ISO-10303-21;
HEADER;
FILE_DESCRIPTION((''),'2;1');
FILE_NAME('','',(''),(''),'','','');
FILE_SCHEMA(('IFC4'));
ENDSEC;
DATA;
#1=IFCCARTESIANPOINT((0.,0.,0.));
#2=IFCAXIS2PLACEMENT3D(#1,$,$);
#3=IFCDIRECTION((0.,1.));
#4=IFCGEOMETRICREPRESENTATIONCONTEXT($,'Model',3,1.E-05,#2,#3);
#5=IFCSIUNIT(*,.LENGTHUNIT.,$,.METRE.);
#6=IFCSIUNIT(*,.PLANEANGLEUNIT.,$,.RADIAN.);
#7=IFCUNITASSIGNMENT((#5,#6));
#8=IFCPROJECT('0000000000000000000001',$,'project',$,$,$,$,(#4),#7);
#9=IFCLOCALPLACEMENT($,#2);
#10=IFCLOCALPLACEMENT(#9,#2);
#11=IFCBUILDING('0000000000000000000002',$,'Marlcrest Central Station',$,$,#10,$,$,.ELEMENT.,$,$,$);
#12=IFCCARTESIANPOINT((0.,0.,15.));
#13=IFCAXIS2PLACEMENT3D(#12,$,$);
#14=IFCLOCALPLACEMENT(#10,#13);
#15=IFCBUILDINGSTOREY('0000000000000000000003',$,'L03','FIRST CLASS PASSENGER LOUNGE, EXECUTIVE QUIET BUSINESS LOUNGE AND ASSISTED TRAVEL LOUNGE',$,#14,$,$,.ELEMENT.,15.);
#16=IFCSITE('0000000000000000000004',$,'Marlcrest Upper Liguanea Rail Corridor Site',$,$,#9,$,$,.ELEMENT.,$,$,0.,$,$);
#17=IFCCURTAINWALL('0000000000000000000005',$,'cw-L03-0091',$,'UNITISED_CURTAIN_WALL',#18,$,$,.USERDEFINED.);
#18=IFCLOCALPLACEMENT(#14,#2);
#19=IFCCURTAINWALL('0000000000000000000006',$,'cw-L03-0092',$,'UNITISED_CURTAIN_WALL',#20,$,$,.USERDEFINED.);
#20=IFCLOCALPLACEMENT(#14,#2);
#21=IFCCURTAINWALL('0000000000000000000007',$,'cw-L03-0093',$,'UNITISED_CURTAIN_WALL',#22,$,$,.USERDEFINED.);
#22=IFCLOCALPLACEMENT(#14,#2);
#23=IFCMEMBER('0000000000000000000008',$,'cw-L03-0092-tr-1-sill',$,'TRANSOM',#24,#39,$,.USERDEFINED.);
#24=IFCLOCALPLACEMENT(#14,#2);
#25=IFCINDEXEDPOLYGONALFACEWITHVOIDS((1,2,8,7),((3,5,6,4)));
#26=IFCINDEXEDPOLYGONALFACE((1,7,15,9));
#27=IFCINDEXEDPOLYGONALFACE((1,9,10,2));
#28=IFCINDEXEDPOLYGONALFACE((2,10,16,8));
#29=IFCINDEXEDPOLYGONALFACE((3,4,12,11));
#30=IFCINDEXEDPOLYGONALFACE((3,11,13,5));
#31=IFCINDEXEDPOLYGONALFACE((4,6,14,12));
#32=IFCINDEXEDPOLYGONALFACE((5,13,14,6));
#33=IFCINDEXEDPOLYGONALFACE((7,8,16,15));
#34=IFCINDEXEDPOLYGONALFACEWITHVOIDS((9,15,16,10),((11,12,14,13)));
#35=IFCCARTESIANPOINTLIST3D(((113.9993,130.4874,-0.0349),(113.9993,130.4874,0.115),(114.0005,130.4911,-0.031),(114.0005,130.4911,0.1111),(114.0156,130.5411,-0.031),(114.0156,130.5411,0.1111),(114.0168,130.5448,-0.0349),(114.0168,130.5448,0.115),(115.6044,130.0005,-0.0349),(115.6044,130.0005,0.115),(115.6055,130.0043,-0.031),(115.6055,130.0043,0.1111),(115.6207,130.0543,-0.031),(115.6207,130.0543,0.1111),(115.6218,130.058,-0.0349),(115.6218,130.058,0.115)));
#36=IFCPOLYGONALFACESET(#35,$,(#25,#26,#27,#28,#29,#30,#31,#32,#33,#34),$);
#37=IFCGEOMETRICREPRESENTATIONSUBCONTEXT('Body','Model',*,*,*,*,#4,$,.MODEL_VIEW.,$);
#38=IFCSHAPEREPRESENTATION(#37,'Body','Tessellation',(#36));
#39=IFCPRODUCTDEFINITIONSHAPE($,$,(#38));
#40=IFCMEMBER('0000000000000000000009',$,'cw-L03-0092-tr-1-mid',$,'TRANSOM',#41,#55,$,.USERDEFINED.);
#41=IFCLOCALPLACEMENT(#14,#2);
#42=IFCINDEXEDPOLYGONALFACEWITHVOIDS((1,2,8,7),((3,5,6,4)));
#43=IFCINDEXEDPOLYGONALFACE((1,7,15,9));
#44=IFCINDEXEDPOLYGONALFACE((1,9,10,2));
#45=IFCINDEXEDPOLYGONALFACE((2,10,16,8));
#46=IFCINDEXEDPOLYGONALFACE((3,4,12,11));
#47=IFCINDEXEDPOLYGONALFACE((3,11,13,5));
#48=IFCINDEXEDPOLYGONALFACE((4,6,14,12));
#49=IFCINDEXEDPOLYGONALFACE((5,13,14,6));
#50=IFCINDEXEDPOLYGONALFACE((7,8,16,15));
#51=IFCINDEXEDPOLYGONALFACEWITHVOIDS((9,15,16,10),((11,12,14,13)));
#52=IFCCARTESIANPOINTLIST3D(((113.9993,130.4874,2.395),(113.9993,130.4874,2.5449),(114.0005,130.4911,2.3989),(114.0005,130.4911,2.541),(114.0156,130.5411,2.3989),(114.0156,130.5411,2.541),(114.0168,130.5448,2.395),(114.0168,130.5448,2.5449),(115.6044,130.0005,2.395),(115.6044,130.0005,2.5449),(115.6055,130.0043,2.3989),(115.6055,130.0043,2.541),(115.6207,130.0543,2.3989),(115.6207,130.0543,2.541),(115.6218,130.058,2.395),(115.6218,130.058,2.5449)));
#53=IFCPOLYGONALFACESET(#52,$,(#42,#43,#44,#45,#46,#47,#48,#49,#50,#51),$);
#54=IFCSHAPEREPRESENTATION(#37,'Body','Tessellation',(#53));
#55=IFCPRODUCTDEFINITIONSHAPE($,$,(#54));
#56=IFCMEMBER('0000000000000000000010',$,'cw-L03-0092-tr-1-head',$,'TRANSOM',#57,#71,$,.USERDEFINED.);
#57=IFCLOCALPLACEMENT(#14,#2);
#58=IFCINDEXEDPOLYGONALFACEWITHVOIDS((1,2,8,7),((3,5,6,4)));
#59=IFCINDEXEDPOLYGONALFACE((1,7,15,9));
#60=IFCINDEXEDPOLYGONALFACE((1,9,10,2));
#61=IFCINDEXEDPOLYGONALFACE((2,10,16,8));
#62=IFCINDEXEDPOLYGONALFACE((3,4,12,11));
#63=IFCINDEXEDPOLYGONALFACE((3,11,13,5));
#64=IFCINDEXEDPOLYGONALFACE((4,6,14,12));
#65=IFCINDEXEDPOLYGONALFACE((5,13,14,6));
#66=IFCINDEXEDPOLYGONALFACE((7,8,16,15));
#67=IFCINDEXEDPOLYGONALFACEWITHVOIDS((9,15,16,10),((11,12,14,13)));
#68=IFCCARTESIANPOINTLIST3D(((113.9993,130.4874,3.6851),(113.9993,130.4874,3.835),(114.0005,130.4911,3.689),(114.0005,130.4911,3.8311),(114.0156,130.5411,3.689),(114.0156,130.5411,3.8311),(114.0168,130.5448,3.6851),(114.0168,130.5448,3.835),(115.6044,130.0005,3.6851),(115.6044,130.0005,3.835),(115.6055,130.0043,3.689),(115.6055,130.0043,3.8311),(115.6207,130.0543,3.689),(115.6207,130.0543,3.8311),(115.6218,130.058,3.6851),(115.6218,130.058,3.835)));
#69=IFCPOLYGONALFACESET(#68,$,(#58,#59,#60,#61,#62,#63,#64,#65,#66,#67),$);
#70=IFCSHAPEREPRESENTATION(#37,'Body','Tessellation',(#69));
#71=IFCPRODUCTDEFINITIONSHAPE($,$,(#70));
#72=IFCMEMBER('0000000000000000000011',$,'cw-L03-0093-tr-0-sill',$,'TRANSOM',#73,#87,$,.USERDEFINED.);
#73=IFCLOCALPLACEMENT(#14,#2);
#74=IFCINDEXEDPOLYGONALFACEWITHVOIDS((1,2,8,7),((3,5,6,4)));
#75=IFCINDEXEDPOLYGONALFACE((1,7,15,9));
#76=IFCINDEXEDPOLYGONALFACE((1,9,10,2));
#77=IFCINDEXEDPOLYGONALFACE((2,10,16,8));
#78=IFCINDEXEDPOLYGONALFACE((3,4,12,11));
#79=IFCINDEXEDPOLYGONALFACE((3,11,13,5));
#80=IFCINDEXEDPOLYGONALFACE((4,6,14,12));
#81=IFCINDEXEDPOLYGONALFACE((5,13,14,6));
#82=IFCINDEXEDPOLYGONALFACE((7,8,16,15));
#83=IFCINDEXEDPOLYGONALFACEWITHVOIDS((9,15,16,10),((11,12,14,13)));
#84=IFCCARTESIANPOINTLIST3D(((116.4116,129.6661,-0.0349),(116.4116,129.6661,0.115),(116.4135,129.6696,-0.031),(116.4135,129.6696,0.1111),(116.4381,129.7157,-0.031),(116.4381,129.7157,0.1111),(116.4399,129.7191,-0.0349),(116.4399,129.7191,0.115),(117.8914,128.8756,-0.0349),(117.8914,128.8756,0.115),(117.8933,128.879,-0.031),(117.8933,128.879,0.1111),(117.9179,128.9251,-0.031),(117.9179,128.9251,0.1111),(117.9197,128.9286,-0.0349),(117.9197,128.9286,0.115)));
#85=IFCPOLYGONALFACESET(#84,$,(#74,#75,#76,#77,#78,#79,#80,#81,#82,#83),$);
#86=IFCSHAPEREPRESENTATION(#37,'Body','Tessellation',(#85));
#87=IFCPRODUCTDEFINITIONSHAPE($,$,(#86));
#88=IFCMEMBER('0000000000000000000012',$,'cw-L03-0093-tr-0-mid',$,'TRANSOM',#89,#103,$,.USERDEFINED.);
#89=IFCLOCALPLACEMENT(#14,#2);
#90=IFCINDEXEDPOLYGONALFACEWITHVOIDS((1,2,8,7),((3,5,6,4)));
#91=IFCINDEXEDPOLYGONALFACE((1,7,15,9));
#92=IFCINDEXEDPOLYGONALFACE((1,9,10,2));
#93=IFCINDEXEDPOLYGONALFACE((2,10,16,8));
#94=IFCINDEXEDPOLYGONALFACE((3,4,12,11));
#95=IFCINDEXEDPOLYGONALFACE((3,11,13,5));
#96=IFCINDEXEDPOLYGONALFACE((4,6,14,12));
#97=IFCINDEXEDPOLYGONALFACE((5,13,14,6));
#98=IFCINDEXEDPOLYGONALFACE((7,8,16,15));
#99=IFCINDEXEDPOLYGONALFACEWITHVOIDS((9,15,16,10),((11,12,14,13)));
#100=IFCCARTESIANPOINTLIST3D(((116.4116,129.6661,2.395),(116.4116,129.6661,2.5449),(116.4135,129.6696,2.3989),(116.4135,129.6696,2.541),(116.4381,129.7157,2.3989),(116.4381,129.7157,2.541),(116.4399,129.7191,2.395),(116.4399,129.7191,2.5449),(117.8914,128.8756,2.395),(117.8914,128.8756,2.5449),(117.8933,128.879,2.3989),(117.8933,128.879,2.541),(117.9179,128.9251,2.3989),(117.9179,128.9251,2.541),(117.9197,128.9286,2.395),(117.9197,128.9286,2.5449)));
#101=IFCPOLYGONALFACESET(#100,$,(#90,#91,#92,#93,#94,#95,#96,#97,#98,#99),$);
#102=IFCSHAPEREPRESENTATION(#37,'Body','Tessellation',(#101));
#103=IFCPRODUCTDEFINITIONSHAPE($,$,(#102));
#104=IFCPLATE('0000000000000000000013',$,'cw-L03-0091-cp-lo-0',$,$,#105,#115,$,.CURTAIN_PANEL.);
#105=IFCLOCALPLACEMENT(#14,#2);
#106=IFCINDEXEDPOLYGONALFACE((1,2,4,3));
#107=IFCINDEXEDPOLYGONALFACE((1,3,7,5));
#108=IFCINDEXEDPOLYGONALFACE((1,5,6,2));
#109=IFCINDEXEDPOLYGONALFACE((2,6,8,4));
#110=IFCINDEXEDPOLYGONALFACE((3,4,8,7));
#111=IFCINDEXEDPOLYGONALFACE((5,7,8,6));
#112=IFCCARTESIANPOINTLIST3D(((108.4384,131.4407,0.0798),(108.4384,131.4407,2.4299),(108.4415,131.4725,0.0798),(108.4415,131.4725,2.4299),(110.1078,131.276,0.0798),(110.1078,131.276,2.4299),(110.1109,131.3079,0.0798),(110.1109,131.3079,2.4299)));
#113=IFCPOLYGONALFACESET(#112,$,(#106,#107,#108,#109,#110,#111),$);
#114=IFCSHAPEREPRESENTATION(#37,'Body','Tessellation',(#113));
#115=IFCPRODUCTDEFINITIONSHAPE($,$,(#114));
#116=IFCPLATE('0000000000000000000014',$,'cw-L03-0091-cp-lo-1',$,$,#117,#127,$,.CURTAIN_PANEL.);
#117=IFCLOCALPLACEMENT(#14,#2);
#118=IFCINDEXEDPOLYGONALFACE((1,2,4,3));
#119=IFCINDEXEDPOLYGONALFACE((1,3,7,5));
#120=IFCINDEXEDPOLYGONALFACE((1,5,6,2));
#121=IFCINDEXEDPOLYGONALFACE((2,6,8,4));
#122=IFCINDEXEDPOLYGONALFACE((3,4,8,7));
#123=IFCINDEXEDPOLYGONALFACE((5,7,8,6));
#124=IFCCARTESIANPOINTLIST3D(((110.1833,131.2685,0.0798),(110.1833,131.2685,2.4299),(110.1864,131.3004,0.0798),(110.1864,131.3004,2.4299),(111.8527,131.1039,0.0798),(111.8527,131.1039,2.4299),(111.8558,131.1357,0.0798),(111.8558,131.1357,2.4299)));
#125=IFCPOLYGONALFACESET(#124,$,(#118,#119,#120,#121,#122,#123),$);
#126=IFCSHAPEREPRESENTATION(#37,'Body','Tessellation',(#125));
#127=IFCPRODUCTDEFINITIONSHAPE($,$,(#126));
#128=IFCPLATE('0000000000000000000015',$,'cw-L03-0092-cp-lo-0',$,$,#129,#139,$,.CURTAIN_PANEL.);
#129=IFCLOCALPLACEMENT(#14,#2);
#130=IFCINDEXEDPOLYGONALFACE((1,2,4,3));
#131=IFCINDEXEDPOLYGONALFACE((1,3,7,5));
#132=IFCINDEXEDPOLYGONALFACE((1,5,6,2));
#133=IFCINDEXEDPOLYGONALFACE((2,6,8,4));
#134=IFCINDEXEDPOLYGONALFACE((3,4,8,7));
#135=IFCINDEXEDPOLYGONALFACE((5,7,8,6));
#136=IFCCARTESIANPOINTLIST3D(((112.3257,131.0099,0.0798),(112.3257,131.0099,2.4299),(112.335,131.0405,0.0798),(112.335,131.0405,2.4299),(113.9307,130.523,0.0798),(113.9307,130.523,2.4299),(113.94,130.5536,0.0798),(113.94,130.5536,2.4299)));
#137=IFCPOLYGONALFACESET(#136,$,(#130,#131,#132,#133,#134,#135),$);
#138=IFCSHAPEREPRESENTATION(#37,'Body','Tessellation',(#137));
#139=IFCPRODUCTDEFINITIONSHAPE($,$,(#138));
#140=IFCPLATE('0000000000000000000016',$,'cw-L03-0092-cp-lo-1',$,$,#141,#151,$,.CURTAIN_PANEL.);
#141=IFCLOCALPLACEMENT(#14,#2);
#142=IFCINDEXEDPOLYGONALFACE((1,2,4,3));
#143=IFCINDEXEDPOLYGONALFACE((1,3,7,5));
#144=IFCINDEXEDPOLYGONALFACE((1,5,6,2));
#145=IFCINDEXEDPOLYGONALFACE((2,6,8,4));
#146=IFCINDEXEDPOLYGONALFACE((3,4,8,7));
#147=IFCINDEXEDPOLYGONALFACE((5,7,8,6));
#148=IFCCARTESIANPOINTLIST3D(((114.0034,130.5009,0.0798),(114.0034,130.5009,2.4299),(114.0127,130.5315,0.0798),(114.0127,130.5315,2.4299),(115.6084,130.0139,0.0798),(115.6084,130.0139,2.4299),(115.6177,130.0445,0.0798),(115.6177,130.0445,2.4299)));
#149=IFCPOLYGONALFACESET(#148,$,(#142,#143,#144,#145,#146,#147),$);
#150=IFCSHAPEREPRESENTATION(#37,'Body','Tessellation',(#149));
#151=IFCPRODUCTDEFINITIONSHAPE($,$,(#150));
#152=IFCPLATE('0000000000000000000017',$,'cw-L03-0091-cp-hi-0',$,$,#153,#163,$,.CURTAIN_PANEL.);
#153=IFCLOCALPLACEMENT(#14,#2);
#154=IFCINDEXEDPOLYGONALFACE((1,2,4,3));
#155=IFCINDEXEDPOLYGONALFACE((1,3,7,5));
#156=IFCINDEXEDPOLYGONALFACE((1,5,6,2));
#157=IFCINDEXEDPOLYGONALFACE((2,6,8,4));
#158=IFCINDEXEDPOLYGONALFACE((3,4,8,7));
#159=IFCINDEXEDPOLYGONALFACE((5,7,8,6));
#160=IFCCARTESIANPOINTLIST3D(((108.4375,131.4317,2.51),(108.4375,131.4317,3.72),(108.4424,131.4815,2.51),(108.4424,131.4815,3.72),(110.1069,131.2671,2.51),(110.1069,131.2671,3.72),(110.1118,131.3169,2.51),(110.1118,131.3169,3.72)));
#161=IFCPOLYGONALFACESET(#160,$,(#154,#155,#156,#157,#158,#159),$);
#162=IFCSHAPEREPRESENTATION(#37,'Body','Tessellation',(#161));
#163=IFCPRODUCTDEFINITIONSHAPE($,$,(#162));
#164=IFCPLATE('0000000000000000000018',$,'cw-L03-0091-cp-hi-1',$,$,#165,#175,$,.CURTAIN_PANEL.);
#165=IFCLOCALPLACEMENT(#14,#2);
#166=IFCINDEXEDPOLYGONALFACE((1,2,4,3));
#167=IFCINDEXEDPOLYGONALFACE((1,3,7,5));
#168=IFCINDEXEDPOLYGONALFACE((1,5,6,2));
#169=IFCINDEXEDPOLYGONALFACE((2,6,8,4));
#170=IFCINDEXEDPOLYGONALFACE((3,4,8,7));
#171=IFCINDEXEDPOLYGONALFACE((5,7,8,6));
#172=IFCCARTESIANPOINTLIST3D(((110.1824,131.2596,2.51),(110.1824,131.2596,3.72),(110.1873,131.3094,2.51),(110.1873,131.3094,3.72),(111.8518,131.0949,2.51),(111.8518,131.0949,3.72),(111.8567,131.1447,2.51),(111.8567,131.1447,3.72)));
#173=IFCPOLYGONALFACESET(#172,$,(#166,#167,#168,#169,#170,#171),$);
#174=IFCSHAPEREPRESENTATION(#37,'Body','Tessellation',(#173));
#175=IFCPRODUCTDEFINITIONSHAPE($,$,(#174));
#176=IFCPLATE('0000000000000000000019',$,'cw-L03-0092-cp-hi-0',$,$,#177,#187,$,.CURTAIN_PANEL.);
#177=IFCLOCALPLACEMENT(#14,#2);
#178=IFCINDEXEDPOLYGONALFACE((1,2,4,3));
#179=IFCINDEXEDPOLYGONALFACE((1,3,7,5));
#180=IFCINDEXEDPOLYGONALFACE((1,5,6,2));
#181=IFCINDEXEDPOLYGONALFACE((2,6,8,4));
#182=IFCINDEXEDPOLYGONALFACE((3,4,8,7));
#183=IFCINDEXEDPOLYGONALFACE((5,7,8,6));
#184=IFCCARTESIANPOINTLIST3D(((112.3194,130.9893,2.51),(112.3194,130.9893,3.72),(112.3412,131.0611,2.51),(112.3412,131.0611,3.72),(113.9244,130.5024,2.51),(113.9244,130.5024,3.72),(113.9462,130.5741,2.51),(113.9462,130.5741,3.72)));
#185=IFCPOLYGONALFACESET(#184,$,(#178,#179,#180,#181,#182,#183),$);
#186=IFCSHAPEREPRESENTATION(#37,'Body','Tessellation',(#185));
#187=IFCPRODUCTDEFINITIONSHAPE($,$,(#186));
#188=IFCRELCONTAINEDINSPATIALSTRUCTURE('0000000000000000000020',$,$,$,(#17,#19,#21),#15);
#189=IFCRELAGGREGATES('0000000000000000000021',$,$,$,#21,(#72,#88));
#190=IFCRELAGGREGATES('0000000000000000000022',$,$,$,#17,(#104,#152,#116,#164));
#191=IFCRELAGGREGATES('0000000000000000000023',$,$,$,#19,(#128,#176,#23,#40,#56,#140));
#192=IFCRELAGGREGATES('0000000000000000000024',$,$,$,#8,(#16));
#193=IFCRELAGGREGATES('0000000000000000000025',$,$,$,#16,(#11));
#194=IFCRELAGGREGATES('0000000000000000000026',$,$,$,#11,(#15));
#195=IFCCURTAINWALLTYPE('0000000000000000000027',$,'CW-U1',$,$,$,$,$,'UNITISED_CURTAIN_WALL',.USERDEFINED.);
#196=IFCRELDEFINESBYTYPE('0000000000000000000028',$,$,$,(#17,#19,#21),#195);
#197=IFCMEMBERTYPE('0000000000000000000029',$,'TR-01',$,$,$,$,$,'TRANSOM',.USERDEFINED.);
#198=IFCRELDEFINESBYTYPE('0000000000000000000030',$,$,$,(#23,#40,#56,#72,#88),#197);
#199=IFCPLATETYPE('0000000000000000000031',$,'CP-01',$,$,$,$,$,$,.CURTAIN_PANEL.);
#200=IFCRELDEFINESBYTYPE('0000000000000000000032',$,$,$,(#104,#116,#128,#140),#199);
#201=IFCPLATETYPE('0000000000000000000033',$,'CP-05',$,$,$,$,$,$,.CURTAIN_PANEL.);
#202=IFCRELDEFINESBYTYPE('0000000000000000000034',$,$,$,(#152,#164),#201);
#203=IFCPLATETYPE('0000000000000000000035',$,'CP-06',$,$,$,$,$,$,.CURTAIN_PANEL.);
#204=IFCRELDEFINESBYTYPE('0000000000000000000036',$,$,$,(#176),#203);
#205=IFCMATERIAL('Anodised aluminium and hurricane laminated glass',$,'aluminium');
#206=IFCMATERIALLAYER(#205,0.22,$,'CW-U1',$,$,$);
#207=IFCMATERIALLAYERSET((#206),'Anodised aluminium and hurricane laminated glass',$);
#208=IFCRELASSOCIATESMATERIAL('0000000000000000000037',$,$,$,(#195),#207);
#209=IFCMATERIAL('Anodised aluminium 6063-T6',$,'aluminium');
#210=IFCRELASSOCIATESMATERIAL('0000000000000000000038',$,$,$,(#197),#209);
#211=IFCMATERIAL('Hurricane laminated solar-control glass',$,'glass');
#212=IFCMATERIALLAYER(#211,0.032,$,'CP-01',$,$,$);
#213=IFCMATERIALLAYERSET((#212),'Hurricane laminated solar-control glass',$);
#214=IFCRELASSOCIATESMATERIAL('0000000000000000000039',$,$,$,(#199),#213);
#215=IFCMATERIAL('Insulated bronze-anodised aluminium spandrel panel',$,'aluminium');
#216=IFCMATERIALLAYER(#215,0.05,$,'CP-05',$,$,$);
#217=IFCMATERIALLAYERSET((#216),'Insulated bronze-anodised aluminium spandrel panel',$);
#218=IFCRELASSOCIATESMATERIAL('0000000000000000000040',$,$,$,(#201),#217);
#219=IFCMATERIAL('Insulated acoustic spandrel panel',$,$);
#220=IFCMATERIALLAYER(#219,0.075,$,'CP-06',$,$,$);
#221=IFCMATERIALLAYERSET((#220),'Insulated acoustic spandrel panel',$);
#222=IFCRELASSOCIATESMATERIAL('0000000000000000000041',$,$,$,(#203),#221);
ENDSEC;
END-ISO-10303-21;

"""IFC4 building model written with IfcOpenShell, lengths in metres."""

from ifc_helpers import new_model, si_unit, direction, frame, origin, origin_2d, place, context, subcontext, project, spatial, rectangle, hollow_rectangle, extrude, material, layer, layer_set, material_profile, profile_set, type_object, element, aggregate, save


model = new_model("IFC4")

# Units and contexts
model_context = context("Model", 3, precision=1e-05, world=origin(), true_north=direction((0.0, 1.0)))
body_context = subcontext(model_context, "Body", "Model", "MODEL_VIEW")
ifc_project = project(units=[si_unit("LENGTHUNIT", "METRE"), si_unit("PLANEANGLEUNIT", "RADIAN")], contexts=[model_context])

# Site, building, storey
site_placement = place(None, origin())
site = spatial("IfcSite", under=ifc_project, at=site_placement, Name="Marlcrest Upper Liguanea Rail Corridor Site", CompositionType="ELEMENT", RefElevation=0.0)
building_placement = place(site_placement, origin())
building = spatial("IfcBuilding", under=site, at=building_placement, Name="Marlcrest Central Station", CompositionType="ELEMENT")
storey_placement = place(building_placement, frame((0.0, 0.0, 15.0)))
storey = spatial("IfcBuildingStorey", under=building, at=storey_placement, Name="L03", Description="FIRST CLASS PASSENGER LOUNGE, EXECUTIVE QUIET BUSINESS LOUNGE AND ASSISTED TRAVEL LOUNGE", CompositionType="ELEMENT", Elevation=15.0)

# Curtain walls
ifc_material_1 = material(Name="Anodised aluminium and hurricane laminated glass", Category="aluminium")
ifc_layer_1 = layer(ifc_material_1, 0.22, Name="CW-U1")
ifc_layer_set_1 = layer_set([ifc_layer_1], Name="Anodised aluminium and hurricane laminated glass")
curtain_wall_type = type_object("IfcCurtainWallType", Name="CW-U1", ElementType="UNITISED_CURTAIN_WALL", PredefinedType="USERDEFINED", material=ifc_layer_set_1)
curtain_wall_1_placement = place(storey_placement, origin())
curtain_wall_1 = element("IfcCurtainWall", 1, at=curtain_wall_1_placement, inside=storey, type_object=curtain_wall_type, Name="cw-L03-0091", ObjectType="UNITISED_CURTAIN_WALL", PredefinedType="USERDEFINED")
ifc_material_2 = material(Name="Anodised aluminium 6063-T6", Category="aluminium")
curtain_wall_2_placement = place(storey_placement, origin())
curtain_wall_2 = element("IfcCurtainWall", 2, at=curtain_wall_2_placement, inside=storey, type_object=curtain_wall_type, Name="cw-L03-0092", ObjectType="UNITISED_CURTAIN_WALL", PredefinedType="USERDEFINED")

# Curtain wall
curtain_wall_3_placement = place(storey_placement, origin())
curtain_wall_3 = element("IfcCurtainWall", 3, at=curtain_wall_3_placement, inside=storey, type_object=curtain_wall_type, Name="cw-L03-0093", ObjectType="UNITISED_CURTAIN_WALL", PredefinedType="USERDEFINED")

# Members
ifc_material_profile_1 = material_profile(ifc_material_2, hollow_rectangle(XDim=0.0601, YDim=0.1499, WallThickness=0.0039, at=origin_2d()), Name="AA-RHS 150x60x4")
ifc_profile_set_1 = profile_set([ifc_material_profile_1], Name="Anodised aluminium 6063-T6")
member_type_1 = type_object("IfcMemberType", Name="TR-01", ElementType="TRANSOM", PredefinedType="USERDEFINED", material=ifc_profile_set_1)
member_1_placement = place(storey_placement, frame((114.0081, 130.5161, 0.04), z_axis=(0.956948, -0.290258, 0.0), x_axis=(0.290258, 0.956948, 0.0)))
member_1 = element("IfcMember", 4, at=member_1_placement, type_object=member_type_1, Name="cw-L03-0092-tr-1-sill", ObjectType="TRANSOM", PredefinedType="USERDEFINED", context=body_context, shape_type="SweptSolid", body=[
    extrude(hollow_rectangle(XDim=0.0601, YDim=0.1499, WallThickness=0.0039, at=origin_2d()), origin(), (0.0, 0.0, 1.0), 1.6772),
])
member_2_placement = place(storey_placement, frame((114.0081, 130.5161, 2.47), z_axis=(0.956948, -0.290258, 0.0), x_axis=(0.290258, 0.956948, 0.0)))
member_2 = element("IfcMember", 5, at=member_2_placement, type_object=member_type_1, Name="cw-L03-0092-tr-1-mid", ObjectType="TRANSOM", PredefinedType="USERDEFINED", context=body_context, shape_type="SweptSolid", body=[
    extrude(hollow_rectangle(XDim=0.0601, YDim=0.1499, WallThickness=0.0039, at=origin_2d()), origin(), (0.0, 0.0, 1.0), 1.6772),
])
member_3_placement = place(storey_placement, frame((114.0081, 130.5161, 3.76), z_axis=(0.956948, -0.290258, 0.0), x_axis=(0.290258, 0.956948, 0.0)))
member_3 = element("IfcMember", 6, at=member_3_placement, type_object=member_type_1, Name="cw-L03-0092-tr-1-head", ObjectType="TRANSOM", PredefinedType="USERDEFINED", context=body_context, shape_type="SweptSolid", body=[
    extrude(hollow_rectangle(XDim=0.0601, YDim=0.1499, WallThickness=0.0039, at=origin_2d()), origin(), (0.0, 0.0, 1.0), 1.6772),
])
member_4_placement = place(storey_placement, frame((116.4258, 129.6926, 0.04), z_axis=(0.882022, -0.471207, 0.0), x_axis=(0.471207, 0.882022, 0.0)))
member_4 = element("IfcMember", 7, at=member_4_placement, type_object=member_type_1, Name="cw-L03-0093-tr-0-sill", ObjectType="TRANSOM", PredefinedType="USERDEFINED", context=body_context, shape_type="SweptSolid", body=[
    extrude(hollow_rectangle(XDim=0.0601, YDim=0.1499, WallThickness=0.0039, at=origin_2d()), origin(), (0.0, 0.0, 1.0), 1.6777),
])
member_5_placement = place(storey_placement, frame((116.4258, 129.6926, 2.47), z_axis=(0.882022, -0.471207, 0.0), x_axis=(0.471207, 0.882022, 0.0)))
member_5 = element("IfcMember", 8, at=member_5_placement, type_object=member_type_1, Name="cw-L03-0093-tr-0-mid", ObjectType="TRANSOM", PredefinedType="USERDEFINED", context=body_context, shape_type="SweptSolid", body=[
    extrude(hollow_rectangle(XDim=0.0601, YDim=0.1499, WallThickness=0.0039, at=origin_2d()), origin(), (0.0, 0.0, 1.0), 1.6777),
])
aggregate(curtain_wall_3, [member_4, member_5])

# Plates
ifc_material_3 = material(Name="Hurricane laminated solar-control glass", Category="glass")
ifc_layer_2 = layer(ifc_material_3, 0.032, Name="CP-01")
ifc_layer_set_2 = layer_set([ifc_layer_2], Name="Hurricane laminated solar-control glass")
plate_type_1 = type_object("IfcPlateType", Name="CP-01", PredefinedType="CURTAIN_PANEL", material=ifc_layer_set_2)
plate_1_placement = place(storey_placement, frame((109.2747, 131.3743, 0.0798), z_axis=(0.0, 0.0, 1.0), x_axis=(0.995173, -0.098139, 0.0)))
plate_1 = element("IfcPlate", 9, at=plate_1_placement, type_object=plate_type_1, Name="cw-L03-0091-cp-lo-0", PredefinedType="CURTAIN_PANEL", context=body_context, shape_type="SweptSolid", body=[
    extrude(rectangle(XDim=1.6775, YDim=0.032, at=origin_2d()), origin(), (0.0, 0.0, 1.0), 2.3501),
])
plate_2_placement = place(storey_placement, frame((111.0195, 131.2021, 0.0798), z_axis=(0.0, 0.0, 1.0), x_axis=(0.995173, -0.098139, 0.0)))
plate_2 = element("IfcPlate", 10, at=plate_2_placement, type_object=plate_type_1, Name="cw-L03-0091-cp-lo-1", PredefinedType="CURTAIN_PANEL", context=body_context, shape_type="SweptSolid", body=[
    extrude(rectangle(XDim=1.6775, YDim=0.032, at=origin_2d()), origin(), (0.0, 0.0, 1.0), 2.3501),
])
plate_3_placement = place(storey_placement, frame((113.1328, 130.7817, 0.0798), z_axis=(0.0, 0.0, 1.0), x_axis=(0.95693, -0.290318, 0.0)))
plate_3 = element("IfcPlate", 11, at=plate_3_placement, type_object=plate_type_1, Name="cw-L03-0092-cp-lo-0", PredefinedType="CURTAIN_PANEL", context=body_context, shape_type="SweptSolid", body=[
    extrude(rectangle(XDim=1.6772, YDim=0.032, at=origin_2d()), origin(), (0.0, 0.0, 1.0), 2.3501),
])
plate_4_placement = place(storey_placement, frame((114.8105, 130.2727, 0.0798), z_axis=(0.0, 0.0, 1.0), x_axis=(0.95693, -0.290318, 0.0)))
plate_4 = element("IfcPlate", 12, at=plate_4_placement, type_object=plate_type_1, Name="cw-L03-0092-cp-lo-1", PredefinedType="CURTAIN_PANEL", context=body_context, shape_type="SweptSolid", body=[
    extrude(rectangle(XDim=1.6772, YDim=0.032, at=origin_2d()), origin(), (0.0, 0.0, 1.0), 2.3501),
])
ifc_material_4 = material(Name="Insulated bronze-anodised aluminium spandrel panel", Category="aluminium")
ifc_layer_3 = layer(ifc_material_4, 0.05, Name="CP-05")
ifc_layer_set_3 = layer_set([ifc_layer_3], Name="Insulated bronze-anodised aluminium spandrel panel")
plate_type_2 = type_object("IfcPlateType", Name="CP-05", PredefinedType="CURTAIN_PANEL", material=ifc_layer_set_3)
plate_5_placement = place(storey_placement, frame((109.2747, 131.3743, 2.51), z_axis=(0.0, 0.0, 1.0), x_axis=(0.995173, -0.098139, 0.0)))
plate_5 = element("IfcPlate", 13, at=plate_5_placement, type_object=plate_type_2, Name="cw-L03-0091-cp-hi-0", PredefinedType="CURTAIN_PANEL", context=body_context, shape_type="SweptSolid", body=[
    extrude(rectangle(XDim=1.6775, YDim=0.05, at=origin_2d()), origin(), (0.0, 0.0, 1.0), 1.21),
])
plate_6_placement = place(storey_placement, frame((111.0195, 131.2021, 2.51), z_axis=(0.0, 0.0, 1.0), x_axis=(0.995173, -0.098139, 0.0)))
plate_6 = element("IfcPlate", 14, at=plate_6_placement, type_object=plate_type_2, Name="cw-L03-0091-cp-hi-1", PredefinedType="CURTAIN_PANEL", context=body_context, shape_type="SweptSolid", body=[
    extrude(rectangle(XDim=1.6775, YDim=0.05, at=origin_2d()), origin(), (0.0, 0.0, 1.0), 1.21),
])
aggregate(curtain_wall_1, [plate_1, plate_5, plate_2, plate_6])
ifc_material_5 = material(Name="Insulated acoustic spandrel panel")
ifc_layer_4 = layer(ifc_material_5, 0.075, Name="CP-06")
ifc_layer_set_4 = layer_set([ifc_layer_4], Name="Insulated acoustic spandrel panel")
plate_type_3 = type_object("IfcPlateType", Name="CP-06", PredefinedType="CURTAIN_PANEL", material=ifc_layer_set_4)
plate_7_placement = place(storey_placement, frame((113.1328, 130.7817, 2.51), z_axis=(0.0, 0.0, 1.0), x_axis=(0.95693, -0.290318, 0.0)))
plate_7 = element("IfcPlate", 15, at=plate_7_placement, type_object=plate_type_3, Name="cw-L03-0092-cp-hi-0", PredefinedType="CURTAIN_PANEL", context=body_context, shape_type="SweptSolid", body=[
    extrude(rectangle(XDim=1.6772, YDim=0.075, at=origin_2d()), origin(), (0.0, 0.0, 1.0), 1.21),
])
aggregate(curtain_wall_2, [plate_3, plate_7, member_1, member_2, member_3, plate_4])

save(model, "model.ifc")
